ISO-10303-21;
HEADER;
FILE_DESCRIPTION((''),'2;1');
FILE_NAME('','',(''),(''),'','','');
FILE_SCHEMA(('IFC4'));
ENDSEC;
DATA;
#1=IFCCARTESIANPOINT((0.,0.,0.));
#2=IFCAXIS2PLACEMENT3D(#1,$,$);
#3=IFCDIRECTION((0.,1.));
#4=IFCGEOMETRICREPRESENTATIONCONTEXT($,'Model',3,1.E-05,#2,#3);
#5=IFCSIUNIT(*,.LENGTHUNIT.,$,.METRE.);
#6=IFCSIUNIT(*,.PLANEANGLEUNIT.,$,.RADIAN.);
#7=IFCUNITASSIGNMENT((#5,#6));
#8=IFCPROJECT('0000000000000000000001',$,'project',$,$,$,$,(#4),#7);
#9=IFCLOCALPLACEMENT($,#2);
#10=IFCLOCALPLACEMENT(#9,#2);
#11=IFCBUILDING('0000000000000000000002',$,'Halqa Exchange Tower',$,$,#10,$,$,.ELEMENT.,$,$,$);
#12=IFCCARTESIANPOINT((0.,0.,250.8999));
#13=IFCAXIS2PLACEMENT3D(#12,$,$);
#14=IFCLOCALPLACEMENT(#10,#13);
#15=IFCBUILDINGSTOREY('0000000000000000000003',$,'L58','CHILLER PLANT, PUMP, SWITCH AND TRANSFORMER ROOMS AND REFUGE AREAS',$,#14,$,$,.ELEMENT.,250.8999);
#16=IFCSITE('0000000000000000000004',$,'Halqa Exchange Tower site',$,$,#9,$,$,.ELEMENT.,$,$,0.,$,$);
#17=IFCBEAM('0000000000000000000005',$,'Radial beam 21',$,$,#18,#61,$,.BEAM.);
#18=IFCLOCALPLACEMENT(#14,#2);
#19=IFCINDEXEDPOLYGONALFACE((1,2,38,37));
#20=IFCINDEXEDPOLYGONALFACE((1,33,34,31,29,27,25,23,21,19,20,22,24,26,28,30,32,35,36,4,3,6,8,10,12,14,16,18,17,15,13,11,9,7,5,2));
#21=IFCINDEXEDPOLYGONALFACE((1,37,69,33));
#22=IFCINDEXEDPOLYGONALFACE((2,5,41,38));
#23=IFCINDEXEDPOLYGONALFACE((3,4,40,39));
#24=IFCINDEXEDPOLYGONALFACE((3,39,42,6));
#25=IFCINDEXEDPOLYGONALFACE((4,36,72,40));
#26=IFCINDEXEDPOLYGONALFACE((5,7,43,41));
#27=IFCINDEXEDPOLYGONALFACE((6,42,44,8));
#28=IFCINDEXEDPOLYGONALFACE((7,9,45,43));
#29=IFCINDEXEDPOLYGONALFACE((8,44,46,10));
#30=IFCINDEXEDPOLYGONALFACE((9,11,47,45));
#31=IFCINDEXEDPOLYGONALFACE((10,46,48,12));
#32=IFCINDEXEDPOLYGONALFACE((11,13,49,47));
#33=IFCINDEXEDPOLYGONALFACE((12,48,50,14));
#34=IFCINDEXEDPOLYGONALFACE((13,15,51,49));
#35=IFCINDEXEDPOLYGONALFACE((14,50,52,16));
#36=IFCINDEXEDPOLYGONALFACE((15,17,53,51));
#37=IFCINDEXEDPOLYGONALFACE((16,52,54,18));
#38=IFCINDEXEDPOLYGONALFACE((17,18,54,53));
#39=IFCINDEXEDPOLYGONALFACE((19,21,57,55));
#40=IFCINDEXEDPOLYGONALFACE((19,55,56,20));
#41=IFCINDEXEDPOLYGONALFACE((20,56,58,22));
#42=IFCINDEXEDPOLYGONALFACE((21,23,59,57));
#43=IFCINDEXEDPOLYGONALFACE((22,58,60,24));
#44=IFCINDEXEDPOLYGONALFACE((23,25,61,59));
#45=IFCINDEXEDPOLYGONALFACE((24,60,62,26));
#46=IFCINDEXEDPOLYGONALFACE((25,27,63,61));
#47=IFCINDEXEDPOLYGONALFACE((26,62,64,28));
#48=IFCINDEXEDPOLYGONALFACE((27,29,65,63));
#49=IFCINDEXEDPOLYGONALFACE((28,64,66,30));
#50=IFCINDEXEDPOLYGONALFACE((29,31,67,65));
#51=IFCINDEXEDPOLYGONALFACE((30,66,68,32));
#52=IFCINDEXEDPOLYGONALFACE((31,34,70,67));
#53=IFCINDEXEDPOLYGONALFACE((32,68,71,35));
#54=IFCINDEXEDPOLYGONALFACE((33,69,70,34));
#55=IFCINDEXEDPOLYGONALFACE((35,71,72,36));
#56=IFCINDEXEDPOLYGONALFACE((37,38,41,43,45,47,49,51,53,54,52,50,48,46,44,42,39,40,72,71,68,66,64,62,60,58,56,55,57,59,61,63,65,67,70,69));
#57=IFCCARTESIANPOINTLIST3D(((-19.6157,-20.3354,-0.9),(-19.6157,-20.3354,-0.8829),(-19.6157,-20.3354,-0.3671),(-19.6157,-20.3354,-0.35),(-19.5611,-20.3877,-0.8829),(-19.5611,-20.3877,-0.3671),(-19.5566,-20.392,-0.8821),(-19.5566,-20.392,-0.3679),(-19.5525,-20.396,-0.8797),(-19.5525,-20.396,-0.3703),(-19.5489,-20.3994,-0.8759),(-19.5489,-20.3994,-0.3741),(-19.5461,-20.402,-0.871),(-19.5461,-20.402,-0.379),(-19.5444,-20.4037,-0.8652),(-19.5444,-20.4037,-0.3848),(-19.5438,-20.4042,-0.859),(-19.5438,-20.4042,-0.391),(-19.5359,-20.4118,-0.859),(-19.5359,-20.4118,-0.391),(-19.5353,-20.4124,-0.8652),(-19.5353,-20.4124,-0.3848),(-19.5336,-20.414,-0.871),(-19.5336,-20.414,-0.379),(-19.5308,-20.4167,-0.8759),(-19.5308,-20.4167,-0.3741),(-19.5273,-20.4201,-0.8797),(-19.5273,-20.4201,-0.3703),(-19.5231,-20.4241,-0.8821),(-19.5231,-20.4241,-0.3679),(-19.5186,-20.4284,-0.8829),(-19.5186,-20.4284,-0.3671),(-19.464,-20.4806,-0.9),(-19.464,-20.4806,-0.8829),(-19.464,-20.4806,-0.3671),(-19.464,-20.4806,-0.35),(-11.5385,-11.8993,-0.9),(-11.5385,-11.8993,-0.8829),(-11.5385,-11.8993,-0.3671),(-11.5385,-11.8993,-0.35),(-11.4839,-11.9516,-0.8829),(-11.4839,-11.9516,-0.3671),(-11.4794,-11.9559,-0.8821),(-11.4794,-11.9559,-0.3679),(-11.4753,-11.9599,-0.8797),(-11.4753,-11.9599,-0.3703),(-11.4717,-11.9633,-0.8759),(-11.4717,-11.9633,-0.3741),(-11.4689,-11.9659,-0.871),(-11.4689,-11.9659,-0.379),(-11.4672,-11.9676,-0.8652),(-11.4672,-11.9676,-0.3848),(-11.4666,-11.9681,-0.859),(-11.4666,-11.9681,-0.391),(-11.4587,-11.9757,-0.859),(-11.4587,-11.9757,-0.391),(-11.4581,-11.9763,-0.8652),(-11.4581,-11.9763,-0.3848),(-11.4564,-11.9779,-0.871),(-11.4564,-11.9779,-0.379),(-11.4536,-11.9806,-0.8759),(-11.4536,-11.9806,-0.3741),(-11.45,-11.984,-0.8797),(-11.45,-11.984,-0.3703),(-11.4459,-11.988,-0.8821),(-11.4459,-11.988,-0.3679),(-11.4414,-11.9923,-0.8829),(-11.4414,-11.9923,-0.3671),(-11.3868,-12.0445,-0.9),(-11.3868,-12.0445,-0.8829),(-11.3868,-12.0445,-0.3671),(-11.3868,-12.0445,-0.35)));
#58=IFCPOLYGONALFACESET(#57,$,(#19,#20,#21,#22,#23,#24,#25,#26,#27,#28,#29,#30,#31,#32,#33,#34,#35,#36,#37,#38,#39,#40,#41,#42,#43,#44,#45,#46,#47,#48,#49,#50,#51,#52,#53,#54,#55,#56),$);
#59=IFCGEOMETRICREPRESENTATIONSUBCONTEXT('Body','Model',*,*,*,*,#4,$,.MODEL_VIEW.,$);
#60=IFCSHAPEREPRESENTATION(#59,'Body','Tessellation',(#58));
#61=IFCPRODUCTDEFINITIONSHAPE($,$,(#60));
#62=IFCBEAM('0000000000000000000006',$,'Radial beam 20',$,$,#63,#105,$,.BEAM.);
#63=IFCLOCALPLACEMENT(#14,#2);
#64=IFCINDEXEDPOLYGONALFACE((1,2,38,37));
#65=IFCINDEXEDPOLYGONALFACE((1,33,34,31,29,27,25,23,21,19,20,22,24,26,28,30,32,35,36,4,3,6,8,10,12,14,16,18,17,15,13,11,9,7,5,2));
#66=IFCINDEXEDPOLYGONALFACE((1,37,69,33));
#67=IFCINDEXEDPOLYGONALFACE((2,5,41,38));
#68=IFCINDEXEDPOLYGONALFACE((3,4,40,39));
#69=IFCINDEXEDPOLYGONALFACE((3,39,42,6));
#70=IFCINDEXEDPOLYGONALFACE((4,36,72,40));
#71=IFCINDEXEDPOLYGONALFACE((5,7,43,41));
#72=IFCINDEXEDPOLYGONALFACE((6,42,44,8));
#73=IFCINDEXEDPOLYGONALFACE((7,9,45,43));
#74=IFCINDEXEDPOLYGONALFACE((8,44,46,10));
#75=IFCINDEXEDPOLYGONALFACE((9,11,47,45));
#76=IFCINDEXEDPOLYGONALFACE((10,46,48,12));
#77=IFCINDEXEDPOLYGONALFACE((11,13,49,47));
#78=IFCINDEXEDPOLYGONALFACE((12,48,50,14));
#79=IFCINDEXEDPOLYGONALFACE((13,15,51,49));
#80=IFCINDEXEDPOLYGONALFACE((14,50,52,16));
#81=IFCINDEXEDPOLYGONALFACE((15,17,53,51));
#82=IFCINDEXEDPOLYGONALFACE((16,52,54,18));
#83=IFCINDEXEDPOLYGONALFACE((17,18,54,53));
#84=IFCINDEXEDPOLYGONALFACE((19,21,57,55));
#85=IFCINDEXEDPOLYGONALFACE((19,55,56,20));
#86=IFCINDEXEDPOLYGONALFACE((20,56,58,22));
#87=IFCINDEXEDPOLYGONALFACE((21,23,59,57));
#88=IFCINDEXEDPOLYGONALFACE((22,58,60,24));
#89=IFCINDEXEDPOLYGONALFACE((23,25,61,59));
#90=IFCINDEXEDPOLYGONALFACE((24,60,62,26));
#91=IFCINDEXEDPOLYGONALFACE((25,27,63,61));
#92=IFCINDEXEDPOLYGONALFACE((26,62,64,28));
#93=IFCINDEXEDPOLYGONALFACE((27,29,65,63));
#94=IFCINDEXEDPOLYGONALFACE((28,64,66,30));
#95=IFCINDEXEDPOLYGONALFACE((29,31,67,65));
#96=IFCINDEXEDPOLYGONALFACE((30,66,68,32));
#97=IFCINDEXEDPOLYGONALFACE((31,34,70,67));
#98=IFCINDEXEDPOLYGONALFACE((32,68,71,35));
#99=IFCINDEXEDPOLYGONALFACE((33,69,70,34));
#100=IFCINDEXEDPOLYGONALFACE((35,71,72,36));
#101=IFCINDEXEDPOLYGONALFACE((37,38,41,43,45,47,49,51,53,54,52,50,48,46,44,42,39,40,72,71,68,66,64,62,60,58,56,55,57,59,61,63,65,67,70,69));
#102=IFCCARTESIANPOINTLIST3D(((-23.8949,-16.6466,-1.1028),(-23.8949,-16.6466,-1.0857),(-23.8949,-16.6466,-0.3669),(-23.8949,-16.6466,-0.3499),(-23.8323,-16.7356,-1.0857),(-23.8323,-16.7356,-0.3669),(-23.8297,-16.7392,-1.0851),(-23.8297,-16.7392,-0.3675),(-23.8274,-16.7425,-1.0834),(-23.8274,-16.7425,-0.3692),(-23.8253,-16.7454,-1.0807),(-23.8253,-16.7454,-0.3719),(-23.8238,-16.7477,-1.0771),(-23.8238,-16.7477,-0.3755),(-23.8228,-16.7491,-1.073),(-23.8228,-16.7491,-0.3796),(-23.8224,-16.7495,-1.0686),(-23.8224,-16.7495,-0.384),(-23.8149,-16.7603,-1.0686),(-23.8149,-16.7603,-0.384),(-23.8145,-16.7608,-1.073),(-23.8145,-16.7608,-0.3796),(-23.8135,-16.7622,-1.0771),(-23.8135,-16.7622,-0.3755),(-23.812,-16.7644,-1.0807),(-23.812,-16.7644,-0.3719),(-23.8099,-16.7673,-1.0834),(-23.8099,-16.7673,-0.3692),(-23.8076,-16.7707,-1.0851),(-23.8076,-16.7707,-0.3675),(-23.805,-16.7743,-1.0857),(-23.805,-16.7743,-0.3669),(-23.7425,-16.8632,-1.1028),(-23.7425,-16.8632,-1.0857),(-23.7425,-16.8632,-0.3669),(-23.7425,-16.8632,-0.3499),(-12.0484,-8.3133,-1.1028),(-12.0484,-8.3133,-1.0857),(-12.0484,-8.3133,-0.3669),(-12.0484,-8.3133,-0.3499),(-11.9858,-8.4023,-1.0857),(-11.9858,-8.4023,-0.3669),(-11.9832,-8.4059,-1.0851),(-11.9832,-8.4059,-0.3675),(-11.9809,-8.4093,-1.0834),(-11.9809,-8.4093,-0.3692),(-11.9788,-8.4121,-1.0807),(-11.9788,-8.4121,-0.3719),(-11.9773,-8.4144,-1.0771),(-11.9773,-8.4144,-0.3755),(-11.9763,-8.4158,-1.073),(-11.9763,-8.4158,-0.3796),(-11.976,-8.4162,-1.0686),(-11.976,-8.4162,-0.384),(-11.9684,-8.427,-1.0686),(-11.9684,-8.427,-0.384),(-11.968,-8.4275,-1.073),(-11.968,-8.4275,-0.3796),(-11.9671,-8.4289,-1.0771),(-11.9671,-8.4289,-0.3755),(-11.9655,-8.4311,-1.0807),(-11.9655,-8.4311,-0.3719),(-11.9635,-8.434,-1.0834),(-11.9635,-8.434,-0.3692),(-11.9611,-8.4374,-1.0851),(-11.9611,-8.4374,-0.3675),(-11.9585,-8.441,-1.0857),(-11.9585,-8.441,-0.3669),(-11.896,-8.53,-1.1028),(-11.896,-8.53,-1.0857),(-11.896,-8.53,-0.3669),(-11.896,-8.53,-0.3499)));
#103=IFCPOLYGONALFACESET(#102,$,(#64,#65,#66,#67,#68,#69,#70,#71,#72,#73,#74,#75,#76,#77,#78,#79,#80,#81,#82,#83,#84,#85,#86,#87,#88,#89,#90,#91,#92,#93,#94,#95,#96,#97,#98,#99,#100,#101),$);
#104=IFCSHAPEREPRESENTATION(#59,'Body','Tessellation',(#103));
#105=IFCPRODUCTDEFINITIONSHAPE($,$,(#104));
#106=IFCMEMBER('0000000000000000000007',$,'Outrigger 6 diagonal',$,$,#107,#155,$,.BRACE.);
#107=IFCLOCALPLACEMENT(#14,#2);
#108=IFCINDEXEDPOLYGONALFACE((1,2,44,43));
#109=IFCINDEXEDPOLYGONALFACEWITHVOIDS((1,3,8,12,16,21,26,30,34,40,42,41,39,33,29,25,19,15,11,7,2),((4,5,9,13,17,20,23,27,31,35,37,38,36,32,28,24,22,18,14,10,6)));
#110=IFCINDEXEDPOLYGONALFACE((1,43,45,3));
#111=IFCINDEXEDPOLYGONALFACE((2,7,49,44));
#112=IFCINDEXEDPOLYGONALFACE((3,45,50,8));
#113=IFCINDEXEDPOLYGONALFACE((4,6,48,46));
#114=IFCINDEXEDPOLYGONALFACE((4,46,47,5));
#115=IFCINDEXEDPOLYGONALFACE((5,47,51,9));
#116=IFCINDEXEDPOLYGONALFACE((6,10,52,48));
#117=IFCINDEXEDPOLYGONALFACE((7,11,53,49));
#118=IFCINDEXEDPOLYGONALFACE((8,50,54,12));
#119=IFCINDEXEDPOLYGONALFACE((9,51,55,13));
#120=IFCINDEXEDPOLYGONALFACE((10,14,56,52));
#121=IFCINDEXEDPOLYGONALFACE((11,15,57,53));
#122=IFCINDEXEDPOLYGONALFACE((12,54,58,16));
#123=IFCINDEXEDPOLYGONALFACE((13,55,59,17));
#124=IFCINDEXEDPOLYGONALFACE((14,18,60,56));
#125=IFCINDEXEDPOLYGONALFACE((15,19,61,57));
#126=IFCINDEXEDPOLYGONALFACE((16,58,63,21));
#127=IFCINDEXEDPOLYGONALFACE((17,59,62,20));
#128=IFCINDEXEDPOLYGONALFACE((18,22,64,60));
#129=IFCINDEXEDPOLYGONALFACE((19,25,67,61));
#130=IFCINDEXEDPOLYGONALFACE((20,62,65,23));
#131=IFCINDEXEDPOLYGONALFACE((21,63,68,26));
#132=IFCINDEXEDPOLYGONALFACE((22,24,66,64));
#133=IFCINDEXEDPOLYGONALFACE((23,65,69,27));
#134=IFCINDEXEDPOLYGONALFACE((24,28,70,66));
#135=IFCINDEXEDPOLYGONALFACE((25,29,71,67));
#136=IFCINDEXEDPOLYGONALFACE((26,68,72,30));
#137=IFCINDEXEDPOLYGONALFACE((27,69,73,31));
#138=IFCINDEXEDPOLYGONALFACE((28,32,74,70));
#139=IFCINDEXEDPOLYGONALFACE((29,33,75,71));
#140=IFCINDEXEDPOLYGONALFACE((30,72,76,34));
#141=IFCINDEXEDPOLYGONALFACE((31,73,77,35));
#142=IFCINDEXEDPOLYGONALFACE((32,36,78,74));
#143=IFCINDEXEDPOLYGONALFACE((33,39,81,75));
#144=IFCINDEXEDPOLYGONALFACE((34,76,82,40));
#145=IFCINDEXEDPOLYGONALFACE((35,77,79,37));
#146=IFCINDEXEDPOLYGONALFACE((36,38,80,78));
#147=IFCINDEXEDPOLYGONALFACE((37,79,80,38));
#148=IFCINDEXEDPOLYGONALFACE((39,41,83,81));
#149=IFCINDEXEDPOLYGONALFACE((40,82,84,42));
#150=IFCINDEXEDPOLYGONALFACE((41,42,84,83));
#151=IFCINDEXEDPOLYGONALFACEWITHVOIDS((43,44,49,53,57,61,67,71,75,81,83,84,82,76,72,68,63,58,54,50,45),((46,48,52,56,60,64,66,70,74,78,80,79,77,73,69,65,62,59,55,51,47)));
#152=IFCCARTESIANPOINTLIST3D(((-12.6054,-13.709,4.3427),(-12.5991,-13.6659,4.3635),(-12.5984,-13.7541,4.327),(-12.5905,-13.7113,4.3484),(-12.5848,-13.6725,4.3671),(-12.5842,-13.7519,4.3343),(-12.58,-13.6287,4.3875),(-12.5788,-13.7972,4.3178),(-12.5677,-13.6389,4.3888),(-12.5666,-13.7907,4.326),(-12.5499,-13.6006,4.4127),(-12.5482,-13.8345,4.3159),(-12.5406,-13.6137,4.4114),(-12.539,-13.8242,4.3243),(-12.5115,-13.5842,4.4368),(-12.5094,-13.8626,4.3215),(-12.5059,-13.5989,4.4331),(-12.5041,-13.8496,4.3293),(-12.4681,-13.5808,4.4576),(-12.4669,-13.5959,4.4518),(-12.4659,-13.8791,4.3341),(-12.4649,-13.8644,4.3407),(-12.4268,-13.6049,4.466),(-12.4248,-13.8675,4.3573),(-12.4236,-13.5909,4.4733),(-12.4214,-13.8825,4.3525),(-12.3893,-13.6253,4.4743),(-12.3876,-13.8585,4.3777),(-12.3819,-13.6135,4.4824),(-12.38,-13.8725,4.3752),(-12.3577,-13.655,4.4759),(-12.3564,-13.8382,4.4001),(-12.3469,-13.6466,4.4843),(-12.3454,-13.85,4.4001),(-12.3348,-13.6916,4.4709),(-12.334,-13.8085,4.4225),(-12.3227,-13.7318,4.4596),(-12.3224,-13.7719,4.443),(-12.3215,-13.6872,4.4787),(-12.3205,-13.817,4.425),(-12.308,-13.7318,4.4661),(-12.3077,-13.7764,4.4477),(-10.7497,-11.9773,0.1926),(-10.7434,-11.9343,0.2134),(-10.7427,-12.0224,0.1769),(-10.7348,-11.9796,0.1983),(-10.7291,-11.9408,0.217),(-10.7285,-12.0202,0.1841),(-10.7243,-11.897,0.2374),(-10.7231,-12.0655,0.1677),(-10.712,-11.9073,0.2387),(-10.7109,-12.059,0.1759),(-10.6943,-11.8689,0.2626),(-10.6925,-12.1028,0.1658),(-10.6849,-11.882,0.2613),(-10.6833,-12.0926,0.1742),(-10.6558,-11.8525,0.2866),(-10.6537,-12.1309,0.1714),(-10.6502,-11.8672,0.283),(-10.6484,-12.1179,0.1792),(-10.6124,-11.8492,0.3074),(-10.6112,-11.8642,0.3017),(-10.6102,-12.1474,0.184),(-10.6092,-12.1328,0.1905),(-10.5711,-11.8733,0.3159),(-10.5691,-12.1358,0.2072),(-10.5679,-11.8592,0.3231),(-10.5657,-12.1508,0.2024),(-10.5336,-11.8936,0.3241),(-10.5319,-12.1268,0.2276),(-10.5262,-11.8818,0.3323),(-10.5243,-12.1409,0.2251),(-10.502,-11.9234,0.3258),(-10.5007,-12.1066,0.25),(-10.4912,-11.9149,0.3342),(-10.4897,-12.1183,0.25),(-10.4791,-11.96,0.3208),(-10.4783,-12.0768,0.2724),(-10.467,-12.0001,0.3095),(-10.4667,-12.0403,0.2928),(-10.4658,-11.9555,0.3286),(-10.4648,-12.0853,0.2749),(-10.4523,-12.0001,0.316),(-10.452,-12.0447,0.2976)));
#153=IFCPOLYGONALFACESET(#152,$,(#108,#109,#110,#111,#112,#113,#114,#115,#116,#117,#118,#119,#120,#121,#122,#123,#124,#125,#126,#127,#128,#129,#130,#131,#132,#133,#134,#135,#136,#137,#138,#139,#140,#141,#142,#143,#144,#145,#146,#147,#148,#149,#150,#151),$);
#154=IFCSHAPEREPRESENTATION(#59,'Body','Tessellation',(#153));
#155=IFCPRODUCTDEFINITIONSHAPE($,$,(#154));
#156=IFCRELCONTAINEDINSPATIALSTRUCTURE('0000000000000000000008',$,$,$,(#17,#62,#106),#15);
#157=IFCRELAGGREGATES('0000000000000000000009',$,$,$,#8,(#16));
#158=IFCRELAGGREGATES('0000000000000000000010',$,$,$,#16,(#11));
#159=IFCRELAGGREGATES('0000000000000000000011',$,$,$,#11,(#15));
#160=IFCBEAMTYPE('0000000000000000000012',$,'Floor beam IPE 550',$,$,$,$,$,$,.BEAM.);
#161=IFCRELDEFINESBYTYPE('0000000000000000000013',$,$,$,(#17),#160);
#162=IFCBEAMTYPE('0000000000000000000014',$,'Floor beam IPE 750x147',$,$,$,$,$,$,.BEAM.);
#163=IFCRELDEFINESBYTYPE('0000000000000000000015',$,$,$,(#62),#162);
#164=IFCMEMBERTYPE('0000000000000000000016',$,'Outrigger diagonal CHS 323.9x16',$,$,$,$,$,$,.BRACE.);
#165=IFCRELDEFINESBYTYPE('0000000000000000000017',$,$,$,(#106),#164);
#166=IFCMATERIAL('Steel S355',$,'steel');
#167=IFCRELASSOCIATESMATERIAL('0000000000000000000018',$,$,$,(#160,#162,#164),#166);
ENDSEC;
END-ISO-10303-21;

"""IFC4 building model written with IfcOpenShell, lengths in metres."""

from ifc_helpers import new_model, si_unit, direction, frame, origin, origin_2d, place, context, subcontext, project, spatial, hollow_circle, i_section, extrude, material, material_profile, profile_set, type_object, element, save


model = new_model("IFC4")

# Units and contexts
model_context = context("Model", 3, precision=1e-05, world=origin(), true_north=direction((0.0, 1.0)))
body_context = subcontext(model_context, "Body", "Model", "MODEL_VIEW")
ifc_project = project(units=[si_unit("LENGTHUNIT", "METRE"), si_unit("PLANEANGLEUNIT", "RADIAN")], contexts=[model_context])

# Site, building, storey
site_placement = place(None, origin())
site = spatial("IfcSite", under=ifc_project, at=site_placement, Name="Halqa Exchange Tower site", CompositionType="ELEMENT", RefElevation=0.0)
building_placement = place(site_placement, origin())
building = spatial("IfcBuilding", under=site, at=building_placement, Name="Halqa Exchange Tower", CompositionType="ELEMENT")
storey_placement = place(building_placement, frame((0.0, 0.0, 250.8999)))
storey = spatial("IfcBuildingStorey", under=building, at=storey_placement, Name="L58", Description="CHILLER PLANT, PUMP, SWITCH AND TRANSFORMER ROOMS AND REFUGE AREAS", CompositionType="ELEMENT", Elevation=250.8999)

# Beams
ifc_material_1 = material(Name="Steel S355", Category="steel")
ifc_material_profile_1 = material_profile(ifc_material_1, i_section(OverallWidth=0.21, OverallDepth=0.55, WebThickness=0.011, FlangeThickness=0.0171, FilletRadius=0.0239, at=origin_2d()), Name="IPE 550")
ifc_profile_set_1 = profile_set([ifc_material_profile_1], Name="Steel S355")
beam_type_1 = type_object("IfcBeamType", Name="Floor beam IPE 550", PredefinedType="BEAM", material=ifc_profile_set_1)
beam_1_placement = place(storey_placement, frame((-11.4626, -11.9719, -0.625), z_axis=(-0.691576, -0.722304, 0.0), x_axis=(0.722304, -0.691576, 0.0)))
element("IfcBeam", 1, at=beam_1_placement, inside=storey, type_object=beam_type_1, Name="Radial beam 21", PredefinedType="BEAM", context=body_context, shape_type="SweptSolid", body=[
    extrude(i_section(OverallWidth=0.21, OverallDepth=0.55, WebThickness=0.011, FlangeThickness=0.0171, FilletRadius=0.0239, at=origin_2d()), origin(), (0.0, 0.0, 1.0), 11.6794),
])
ifc_material_profile_2 = material_profile(ifc_material_1, i_section(OverallWidth=0.2649, OverallDepth=0.7529, WebThickness=0.0132, FlangeThickness=0.0171, FilletRadius=0.0171, at=origin_2d()), Name="IPE 750x147")
ifc_profile_set_2 = profile_set([ifc_material_profile_2], Name="Steel S355")
beam_type_2 = type_object("IfcBeamType", Name="Floor beam IPE 750x147", PredefinedType="BEAM", material=ifc_profile_set_2)
beam_2_placement = place(storey_placement, frame((-11.9722, -8.4216, -0.7263), z_axis=(-0.817908, -0.575349, 0.0), x_axis=(0.575349, -0.817908, 0.0)))
element("IfcBeam", 2, at=beam_2_placement, inside=storey, type_object=beam_type_2, Name="Radial beam 20", PredefinedType="BEAM", context=body_context, shape_type="SweptSolid", body=[
    extrude(i_section(OverallWidth=0.2649, OverallDepth=0.7529, WebThickness=0.0132, FlangeThickness=0.0171, FilletRadius=0.0171, at=origin_2d()), origin(), (0.0, 0.0, 1.0), 14.4839),
])

# Member
ifc_material_profile_3 = material_profile(ifc_material_1, hollow_circle(Radius=0.1619, WallThickness=0.0161, at=origin_2d()), Name="CHS 323.9x16")
ifc_profile_set_3 = profile_set([ifc_material_profile_3], Name="Steel S355")
member_type_1 = type_object("IfcMemberType", Name="Outrigger diagonal CHS 323.9x16", PredefinedType="BRACE", material=ifc_profile_set_3)
member_1_placement = place(storey_placement, frame((-10.6001, -12.0, 0.25), z_axis=(-0.381458, -0.355964, 0.8531), x_axis=(0.682253, -0.731116, 0.0)))
element("IfcMember", 3, at=member_1_placement, inside=storey, type_object=member_type_1, Name="Outrigger 6 diagonal", PredefinedType="BRACE", context=body_context, shape_type="SweptSolid", body=[
    extrude(hollow_circle(Radius=0.1619, WallThickness=0.0161, at=origin_2d()), origin(), (0.0, 0.0, 1.0), 4.8647),
])

save(model, "model.ifc")
